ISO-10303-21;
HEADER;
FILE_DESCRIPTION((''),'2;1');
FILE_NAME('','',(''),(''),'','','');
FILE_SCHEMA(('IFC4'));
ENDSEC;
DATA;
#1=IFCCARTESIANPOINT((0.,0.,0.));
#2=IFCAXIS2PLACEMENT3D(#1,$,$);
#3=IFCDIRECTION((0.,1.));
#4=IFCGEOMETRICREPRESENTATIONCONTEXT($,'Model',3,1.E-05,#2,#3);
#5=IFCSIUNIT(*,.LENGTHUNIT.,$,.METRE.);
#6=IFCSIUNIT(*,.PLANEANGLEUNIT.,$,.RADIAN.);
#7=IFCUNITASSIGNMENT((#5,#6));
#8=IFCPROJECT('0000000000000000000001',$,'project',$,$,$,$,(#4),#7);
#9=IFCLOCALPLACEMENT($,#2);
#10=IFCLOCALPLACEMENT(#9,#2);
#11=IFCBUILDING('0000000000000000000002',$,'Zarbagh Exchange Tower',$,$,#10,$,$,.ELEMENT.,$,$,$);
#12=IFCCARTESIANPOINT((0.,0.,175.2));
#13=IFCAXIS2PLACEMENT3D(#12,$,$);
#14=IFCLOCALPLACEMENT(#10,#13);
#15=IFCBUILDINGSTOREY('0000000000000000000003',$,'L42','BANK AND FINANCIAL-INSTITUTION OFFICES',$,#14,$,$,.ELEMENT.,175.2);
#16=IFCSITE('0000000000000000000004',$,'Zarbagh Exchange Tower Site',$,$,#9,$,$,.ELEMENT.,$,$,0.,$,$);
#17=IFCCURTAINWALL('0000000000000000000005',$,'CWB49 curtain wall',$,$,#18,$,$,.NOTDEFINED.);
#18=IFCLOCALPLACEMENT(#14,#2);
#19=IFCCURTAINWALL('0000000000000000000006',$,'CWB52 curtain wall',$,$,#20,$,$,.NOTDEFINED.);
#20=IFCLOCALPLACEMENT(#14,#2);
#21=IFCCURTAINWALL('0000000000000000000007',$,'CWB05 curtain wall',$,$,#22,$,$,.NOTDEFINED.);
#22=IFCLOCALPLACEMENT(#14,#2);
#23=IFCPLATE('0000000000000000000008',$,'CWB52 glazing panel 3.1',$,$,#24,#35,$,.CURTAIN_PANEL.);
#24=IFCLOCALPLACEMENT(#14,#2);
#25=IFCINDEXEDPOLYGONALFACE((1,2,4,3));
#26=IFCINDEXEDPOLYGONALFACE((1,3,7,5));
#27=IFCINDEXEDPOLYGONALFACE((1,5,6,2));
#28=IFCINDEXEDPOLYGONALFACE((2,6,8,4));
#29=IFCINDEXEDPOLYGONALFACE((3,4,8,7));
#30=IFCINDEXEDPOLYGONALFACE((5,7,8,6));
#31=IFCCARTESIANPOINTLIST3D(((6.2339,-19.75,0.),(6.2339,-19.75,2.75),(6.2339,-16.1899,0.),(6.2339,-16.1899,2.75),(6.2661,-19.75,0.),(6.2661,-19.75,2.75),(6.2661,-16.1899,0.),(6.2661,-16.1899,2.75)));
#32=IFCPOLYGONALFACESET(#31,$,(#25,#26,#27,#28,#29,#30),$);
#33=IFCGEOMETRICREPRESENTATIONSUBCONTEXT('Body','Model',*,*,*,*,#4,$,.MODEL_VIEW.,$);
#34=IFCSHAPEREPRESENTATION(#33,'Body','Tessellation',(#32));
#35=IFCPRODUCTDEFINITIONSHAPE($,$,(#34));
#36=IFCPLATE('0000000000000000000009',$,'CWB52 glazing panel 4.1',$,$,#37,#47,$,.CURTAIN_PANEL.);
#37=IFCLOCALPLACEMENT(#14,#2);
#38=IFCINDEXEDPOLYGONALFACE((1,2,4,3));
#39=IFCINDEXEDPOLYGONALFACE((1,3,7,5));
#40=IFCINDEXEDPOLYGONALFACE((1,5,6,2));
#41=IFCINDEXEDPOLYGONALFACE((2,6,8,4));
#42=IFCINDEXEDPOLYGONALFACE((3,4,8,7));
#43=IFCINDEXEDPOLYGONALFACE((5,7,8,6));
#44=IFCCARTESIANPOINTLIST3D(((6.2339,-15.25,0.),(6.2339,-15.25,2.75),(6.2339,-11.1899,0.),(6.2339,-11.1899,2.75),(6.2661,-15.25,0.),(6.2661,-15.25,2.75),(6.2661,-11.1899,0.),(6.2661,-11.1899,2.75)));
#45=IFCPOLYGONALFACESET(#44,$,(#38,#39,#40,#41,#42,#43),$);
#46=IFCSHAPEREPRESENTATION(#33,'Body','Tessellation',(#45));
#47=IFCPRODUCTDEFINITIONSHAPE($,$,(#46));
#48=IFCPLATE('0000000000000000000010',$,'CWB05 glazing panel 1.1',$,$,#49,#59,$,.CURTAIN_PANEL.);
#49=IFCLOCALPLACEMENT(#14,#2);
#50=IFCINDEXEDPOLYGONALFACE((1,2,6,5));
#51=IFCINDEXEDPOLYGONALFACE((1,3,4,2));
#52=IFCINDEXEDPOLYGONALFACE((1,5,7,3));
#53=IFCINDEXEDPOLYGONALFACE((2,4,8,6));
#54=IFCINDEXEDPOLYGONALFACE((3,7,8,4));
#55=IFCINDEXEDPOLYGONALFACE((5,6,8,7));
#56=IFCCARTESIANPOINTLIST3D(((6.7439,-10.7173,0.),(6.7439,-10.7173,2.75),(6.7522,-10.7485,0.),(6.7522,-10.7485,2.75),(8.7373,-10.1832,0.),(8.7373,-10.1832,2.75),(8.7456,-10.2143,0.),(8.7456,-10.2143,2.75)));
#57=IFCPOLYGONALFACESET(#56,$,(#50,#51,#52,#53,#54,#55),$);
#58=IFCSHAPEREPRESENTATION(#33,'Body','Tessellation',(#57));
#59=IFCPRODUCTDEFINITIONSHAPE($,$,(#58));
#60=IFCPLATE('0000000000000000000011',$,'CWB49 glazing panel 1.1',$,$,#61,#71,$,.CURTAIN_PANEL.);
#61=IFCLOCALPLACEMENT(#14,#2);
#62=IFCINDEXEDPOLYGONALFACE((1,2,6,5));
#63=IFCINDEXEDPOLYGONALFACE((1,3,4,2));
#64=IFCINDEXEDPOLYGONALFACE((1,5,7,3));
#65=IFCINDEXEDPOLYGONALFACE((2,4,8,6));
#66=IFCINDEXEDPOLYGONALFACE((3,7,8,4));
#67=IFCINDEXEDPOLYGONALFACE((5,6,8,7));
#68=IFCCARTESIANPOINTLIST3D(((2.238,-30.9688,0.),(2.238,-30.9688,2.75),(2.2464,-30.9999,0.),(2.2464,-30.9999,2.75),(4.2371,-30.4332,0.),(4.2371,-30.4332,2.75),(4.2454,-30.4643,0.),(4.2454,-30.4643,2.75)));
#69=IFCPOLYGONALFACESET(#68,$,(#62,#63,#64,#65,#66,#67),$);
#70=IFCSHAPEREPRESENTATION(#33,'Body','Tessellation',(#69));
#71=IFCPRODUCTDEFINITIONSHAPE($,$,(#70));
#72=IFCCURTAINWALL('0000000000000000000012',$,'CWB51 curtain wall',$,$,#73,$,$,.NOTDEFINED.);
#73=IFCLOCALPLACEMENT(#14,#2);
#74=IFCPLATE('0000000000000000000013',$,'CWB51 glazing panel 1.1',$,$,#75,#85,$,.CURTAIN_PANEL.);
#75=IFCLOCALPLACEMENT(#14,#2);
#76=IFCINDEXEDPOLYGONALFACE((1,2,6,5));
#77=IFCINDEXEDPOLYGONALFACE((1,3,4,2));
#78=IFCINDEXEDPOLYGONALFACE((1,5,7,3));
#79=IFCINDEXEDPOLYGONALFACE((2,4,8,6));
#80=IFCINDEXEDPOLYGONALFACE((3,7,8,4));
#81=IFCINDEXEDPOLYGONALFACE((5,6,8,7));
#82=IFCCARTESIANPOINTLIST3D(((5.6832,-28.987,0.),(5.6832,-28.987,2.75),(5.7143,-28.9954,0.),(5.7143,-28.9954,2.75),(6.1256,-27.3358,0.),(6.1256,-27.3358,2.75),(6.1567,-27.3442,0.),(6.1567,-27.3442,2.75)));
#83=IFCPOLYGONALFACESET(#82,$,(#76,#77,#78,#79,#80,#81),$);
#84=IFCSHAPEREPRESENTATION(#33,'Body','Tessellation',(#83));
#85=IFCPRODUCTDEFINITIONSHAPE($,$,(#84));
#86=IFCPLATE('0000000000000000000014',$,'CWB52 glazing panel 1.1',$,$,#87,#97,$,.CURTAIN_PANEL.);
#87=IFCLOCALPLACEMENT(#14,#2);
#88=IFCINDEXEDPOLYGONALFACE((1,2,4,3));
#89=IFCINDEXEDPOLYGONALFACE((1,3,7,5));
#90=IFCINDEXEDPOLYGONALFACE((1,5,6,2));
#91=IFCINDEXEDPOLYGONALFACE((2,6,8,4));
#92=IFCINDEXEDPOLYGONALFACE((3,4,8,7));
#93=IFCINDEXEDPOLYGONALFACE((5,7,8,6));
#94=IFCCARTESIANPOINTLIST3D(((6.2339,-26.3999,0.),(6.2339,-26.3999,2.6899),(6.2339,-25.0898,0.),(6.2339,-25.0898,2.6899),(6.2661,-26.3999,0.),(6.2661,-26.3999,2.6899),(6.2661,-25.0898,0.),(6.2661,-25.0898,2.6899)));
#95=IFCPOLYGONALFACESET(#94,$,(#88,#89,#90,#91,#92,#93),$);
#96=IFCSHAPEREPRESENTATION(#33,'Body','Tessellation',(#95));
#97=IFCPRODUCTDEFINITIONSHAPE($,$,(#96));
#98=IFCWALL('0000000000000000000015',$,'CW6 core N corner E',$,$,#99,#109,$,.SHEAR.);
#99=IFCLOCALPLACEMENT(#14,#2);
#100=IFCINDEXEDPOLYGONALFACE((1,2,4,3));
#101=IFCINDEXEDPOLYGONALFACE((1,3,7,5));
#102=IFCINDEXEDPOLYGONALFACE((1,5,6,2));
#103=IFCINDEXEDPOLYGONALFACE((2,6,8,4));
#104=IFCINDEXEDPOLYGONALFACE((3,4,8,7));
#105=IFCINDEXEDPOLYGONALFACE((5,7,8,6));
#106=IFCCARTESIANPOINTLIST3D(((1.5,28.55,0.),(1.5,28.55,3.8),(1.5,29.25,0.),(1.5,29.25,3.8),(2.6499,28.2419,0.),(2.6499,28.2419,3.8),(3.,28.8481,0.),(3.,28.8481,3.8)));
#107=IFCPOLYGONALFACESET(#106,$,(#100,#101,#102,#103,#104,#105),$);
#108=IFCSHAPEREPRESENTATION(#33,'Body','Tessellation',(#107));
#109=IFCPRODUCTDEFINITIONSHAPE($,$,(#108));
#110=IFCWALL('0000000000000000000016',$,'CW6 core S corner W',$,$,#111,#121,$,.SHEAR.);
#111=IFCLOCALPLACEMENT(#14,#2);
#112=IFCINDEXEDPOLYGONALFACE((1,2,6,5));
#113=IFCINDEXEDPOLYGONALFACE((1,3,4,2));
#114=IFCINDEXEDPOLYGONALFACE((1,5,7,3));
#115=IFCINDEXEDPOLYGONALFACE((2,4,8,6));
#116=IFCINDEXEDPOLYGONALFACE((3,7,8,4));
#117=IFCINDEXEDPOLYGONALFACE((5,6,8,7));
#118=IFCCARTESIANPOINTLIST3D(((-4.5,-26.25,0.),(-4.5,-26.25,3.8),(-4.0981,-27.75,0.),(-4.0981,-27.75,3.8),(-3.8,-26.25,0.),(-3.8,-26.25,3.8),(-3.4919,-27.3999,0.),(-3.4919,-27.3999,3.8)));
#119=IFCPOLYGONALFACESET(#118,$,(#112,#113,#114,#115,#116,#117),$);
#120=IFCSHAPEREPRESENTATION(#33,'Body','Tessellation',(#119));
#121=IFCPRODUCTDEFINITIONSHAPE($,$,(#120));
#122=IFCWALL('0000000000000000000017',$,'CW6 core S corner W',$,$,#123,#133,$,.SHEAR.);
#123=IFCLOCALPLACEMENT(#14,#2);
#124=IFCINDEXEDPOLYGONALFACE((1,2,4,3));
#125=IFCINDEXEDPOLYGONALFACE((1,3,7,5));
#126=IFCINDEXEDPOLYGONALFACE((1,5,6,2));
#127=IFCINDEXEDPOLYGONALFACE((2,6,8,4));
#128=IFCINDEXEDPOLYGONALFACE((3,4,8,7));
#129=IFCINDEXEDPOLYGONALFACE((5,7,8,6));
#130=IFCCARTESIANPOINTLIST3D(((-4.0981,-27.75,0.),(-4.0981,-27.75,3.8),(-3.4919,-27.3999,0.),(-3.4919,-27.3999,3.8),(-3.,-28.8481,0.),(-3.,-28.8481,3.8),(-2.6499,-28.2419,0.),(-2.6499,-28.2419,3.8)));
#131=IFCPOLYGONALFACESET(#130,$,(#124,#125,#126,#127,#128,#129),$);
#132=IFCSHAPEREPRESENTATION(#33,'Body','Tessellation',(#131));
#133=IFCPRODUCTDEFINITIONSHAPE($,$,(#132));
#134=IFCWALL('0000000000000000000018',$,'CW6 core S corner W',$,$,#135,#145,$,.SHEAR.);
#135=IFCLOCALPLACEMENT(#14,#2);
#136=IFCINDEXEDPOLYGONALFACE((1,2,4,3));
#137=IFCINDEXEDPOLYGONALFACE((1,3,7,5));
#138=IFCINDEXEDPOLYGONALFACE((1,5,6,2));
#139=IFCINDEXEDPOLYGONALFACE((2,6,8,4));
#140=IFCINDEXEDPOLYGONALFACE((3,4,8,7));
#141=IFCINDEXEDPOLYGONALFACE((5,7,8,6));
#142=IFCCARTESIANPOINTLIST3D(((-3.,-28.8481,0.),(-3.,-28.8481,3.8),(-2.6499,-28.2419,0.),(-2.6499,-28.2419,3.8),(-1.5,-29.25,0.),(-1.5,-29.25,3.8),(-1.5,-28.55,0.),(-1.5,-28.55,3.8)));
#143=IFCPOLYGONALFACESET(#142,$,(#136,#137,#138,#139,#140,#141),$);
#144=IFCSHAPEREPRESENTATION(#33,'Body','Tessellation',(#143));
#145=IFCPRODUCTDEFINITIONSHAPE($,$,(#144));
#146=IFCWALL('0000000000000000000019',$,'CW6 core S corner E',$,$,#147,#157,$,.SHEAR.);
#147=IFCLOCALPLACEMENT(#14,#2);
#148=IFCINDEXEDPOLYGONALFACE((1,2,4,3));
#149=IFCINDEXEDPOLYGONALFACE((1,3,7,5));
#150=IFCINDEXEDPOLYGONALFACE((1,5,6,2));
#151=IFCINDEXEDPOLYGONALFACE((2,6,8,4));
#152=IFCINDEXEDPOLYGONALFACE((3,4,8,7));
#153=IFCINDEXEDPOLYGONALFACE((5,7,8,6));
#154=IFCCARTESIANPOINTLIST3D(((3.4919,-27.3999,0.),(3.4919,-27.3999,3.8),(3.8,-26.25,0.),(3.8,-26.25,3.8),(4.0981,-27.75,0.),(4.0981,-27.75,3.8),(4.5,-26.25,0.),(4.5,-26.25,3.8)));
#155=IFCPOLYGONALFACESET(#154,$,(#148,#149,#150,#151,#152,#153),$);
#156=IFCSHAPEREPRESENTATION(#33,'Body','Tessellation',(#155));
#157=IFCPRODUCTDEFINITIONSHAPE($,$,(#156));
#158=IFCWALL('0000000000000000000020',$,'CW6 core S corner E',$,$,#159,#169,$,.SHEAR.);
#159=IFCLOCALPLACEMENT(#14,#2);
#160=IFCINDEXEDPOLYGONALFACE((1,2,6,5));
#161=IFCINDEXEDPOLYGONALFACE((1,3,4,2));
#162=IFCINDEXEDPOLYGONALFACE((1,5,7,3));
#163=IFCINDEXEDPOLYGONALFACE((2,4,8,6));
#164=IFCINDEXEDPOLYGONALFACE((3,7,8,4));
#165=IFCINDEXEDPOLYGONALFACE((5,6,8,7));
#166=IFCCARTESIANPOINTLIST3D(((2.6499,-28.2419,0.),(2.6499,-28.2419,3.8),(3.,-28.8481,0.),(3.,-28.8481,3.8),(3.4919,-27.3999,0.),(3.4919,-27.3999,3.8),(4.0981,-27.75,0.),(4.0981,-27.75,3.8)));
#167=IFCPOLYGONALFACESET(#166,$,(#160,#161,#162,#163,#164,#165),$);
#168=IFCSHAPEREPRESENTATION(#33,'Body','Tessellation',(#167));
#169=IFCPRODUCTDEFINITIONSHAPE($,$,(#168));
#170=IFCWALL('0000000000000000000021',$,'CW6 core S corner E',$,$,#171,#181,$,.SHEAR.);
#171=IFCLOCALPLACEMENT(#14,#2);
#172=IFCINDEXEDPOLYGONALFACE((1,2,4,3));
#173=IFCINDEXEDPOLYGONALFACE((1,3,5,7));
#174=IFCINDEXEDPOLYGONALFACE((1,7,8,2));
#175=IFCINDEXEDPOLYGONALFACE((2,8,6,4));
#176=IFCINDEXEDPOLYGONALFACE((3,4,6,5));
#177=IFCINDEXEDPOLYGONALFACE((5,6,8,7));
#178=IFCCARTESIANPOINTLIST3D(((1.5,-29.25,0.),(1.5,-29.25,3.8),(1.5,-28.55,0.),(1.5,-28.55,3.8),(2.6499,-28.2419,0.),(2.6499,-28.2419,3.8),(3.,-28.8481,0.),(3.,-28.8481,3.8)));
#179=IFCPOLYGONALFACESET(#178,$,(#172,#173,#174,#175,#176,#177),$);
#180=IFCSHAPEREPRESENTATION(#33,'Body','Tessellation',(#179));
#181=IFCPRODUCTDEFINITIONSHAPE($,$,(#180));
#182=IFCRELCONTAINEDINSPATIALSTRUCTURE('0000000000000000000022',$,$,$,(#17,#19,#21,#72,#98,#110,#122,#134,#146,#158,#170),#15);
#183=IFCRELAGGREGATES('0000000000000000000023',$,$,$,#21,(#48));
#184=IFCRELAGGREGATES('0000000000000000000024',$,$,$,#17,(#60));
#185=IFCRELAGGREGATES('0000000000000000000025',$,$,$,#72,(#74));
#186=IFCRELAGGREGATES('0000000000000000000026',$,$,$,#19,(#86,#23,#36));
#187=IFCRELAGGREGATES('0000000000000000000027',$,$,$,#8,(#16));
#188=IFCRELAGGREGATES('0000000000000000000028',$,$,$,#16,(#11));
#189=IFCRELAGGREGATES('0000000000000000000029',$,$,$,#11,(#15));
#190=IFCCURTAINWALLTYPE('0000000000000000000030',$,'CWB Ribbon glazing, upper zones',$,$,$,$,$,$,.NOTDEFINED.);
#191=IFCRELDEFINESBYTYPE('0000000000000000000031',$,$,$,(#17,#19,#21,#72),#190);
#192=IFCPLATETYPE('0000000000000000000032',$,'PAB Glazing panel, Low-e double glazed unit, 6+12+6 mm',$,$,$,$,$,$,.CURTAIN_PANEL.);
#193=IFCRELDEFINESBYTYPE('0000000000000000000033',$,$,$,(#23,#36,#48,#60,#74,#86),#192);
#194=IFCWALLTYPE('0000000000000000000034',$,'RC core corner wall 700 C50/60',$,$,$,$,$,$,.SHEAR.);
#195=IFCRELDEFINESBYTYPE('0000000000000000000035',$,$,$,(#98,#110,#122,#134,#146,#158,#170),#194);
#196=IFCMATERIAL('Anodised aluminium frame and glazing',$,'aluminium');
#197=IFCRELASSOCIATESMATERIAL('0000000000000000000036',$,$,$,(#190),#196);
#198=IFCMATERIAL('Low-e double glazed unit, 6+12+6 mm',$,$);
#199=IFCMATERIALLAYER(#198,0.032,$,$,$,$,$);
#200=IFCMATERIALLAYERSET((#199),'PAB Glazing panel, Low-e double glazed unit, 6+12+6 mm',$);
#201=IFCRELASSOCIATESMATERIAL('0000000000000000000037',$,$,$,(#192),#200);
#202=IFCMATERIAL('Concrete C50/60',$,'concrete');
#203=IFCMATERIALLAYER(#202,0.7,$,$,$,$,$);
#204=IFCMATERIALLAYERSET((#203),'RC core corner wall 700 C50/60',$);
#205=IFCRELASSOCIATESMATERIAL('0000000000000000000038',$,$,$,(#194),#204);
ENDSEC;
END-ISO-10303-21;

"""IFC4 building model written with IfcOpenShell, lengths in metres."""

from ifc_helpers import new_model, si_unit, direction, frame, origin, place, context, subcontext, project, spatial, polyline, outline, extrude, source, transform, mapped, material, layer, layer_set, type_object, element, aggregate, save


model = new_model("IFC4")

# Units and contexts
model_context = context("Model", 3, precision=1e-05, world=origin(), true_north=direction((0.0, 1.0)))
body_context = subcontext(model_context, "Body", "Model", "MODEL_VIEW")
ifc_project = project(units=[si_unit("LENGTHUNIT", "METRE"), si_unit("PLANEANGLEUNIT", "RADIAN")], contexts=[model_context])

# Site, building, storey
site_placement = place(None, origin())
site = spatial("IfcSite", under=ifc_project, at=site_placement, Name="Zarbagh Exchange Tower Site", CompositionType="ELEMENT", RefElevation=0.0)
building_placement = place(site_placement, origin())
building = spatial("IfcBuilding", under=site, at=building_placement, Name="Zarbagh Exchange Tower", CompositionType="ELEMENT")
storey_placement = place(building_placement, frame((0.0, 0.0, 175.2)))
storey = spatial("IfcBuildingStorey", under=building, at=storey_placement, Name="L42", Description="BANK AND FINANCIAL-INSTITUTION OFFICES", CompositionType="ELEMENT", Elevation=175.2)

# Curtain wall
ifc_material_1 = material(Name="Anodised aluminium frame and glazing", Category="aluminium")
curtain_wall_type = type_object("IfcCurtainWallType", Name="CWB Ribbon glazing, upper zones", PredefinedType="NOTDEFINED", material=ifc_material_1)
curtain_wall_1_placement = place(storey_placement, origin())
curtain_wall_1 = element("IfcCurtainWall", 1, at=curtain_wall_1_placement, inside=storey, type_object=curtain_wall_type, Name="CWB49 curtain wall", PredefinedType="NOTDEFINED")
placement = place(storey_placement, origin())

# Curtain wall
curtain_wall_2_placement = place(storey_placement, origin())
curtain_wall_2 = element("IfcCurtainWall", 2, at=curtain_wall_2_placement, inside=storey, type_object=curtain_wall_type, Name="CWB52 curtain wall", PredefinedType="NOTDEFINED")

# Curtain wall
curtain_wall_3_placement = place(storey_placement, origin())
curtain_wall_3 = element("IfcCurtainWall", 3, at=curtain_wall_3_placement, inside=storey, type_object=curtain_wall_type, Name="CWB05 curtain wall", PredefinedType="NOTDEFINED")

# Shared definitions
ifc_material_2 = material(Name="Low-e double glazed unit, 6+12+6 mm")
ifc_layer_1 = layer(ifc_material_2, 0.032)
ifc_layer_set_1 = layer_set([ifc_layer_1], Name="PAB Glazing panel, Low-e double glazed unit, 6+12+6 mm")
plate_type = type_object("IfcPlateType", Name="PAB Glazing panel, Low-e double glazed unit, 6+12+6 mm", PredefinedType="CURTAIN_PANEL", material=ifc_layer_set_1)

# Plates
shared_shape_1 = source(origin(), body_context, "Body", "SweptSolid", [
    extrude(outline(polyline([(0.0, -0.0161), (3.5601, -0.0161), (3.5601, 0.0161), (0.0, 0.0161), (0.0, -0.0161)])), origin(), (0.0, 0.0, 1.0), 2.75),
])
plate_1 = element("IfcPlate", 4, at=placement, type_object=plate_type, Name="CWB52 glazing panel 3.1", PredefinedType="CURTAIN_PANEL", context=body_context, shape_type="MappedRepresentation", body=[
    mapped(shared_shape_1, transform((6.25, -19.75, 0.0), x_axis=(0.0, 1.0, 0.0), y_axis=(-1.0, 0.0, 0.0), z_axis=(0.0, 0.0, 1.0))),
])
shared_shape_2 = source(origin(), body_context, "Body", "SweptSolid", [
    extrude(outline(polyline([(0.0, -0.0161), (4.0601, -0.0161), (4.0601, 0.0161), (0.0, 0.0161), (0.0, -0.0161)])), origin(), (0.0, 0.0, 1.0), 2.75),
])
plate_2 = element("IfcPlate", 5, at=placement, type_object=plate_type, Name="CWB52 glazing panel 4.1", PredefinedType="CURTAIN_PANEL", context=body_context, shape_type="MappedRepresentation", body=[
    mapped(shared_shape_2, transform((6.25, -15.25, 0.0), x_axis=(0.0, 1.0, 0.0), y_axis=(-1.0, 0.0, 0.0), z_axis=(0.0, 0.0, 1.0))),
])
shared_shape_3 = source(origin(), body_context, "Body", "SweptSolid", [
    extrude(outline(polyline([(0.0, -0.0161), (2.0637, -0.0161), (2.0637, 0.0161), (0.0, 0.0161), (0.0, -0.0161)])), origin(), (0.0, 0.0, 1.0), 2.75),
])
plate_3 = element("IfcPlate", 6, at=placement, type_object=plate_type, Name="CWB05 glazing panel 1.1", PredefinedType="CURTAIN_PANEL", context=body_context, shape_type="MappedRepresentation", body=[
    mapped(shared_shape_3, transform((6.748, -10.7329, 0.0), x_axis=(0.965924, 0.258825, 0.0), y_axis=(-0.258825, 0.965924, 0.0), z_axis=(0.0, 0.0, 1.0))),
])
aggregate(curtain_wall_3, [plate_3])
shared_shape_4 = source(origin(), body_context, "Body", "SweptSolid", [
    extrude(outline(polyline([(0.0, -0.0161), (2.0696, -0.0161), (2.0696, 0.0161), (0.0, 0.0161), (0.0, -0.0161)])), origin(), (0.0, 0.0, 1.0), 2.75),
])
plate_4 = element("IfcPlate", 7, at=placement, type_object=plate_type, Name="CWB49 glazing panel 1.1", PredefinedType="CURTAIN_PANEL", context=body_context, shape_type="MappedRepresentation", body=[
    mapped(shared_shape_4, transform((2.2422, -30.9844, 0.0), x_axis=(0.965924, 0.258825, 0.0), y_axis=(-0.258825, 0.965924, 0.0), z_axis=(0.0, 0.0, 1.0))),
])
aggregate(curtain_wall_1, [plate_4])

# Curtain wall, plate
curtain_wall_4_placement = place(storey_placement, origin())
curtain_wall_4 = element("IfcCurtainWall", 8, at=curtain_wall_4_placement, inside=storey, type_object=curtain_wall_type, Name="CWB51 curtain wall", PredefinedType="NOTDEFINED")
shared_shape_5 = source(origin(), body_context, "Body", "SweptSolid", [
    extrude(outline(polyline([(0.0, -0.0161), (1.7095, -0.0161), (1.7095, 0.0161), (0.0, 0.0161), (0.0, -0.0161)])), origin(), (0.0, 0.0, 1.0), 2.75),
])
plate_5 = element("IfcPlate", 9, at=placement, type_object=plate_type, Name="CWB51 glazing panel 1.1", PredefinedType="CURTAIN_PANEL", context=body_context, shape_type="MappedRepresentation", body=[
    mapped(shared_shape_5, transform((5.6987, -28.9912, 0.0), x_axis=(0.258825, 0.965924, 0.0), y_axis=(-0.965924, 0.258825, 0.0), z_axis=(0.0, 0.0, 1.0))),
])
aggregate(curtain_wall_4, [plate_5])

# Plate
shared_shape_6 = source(origin(), body_context, "Body", "SweptSolid", [
    extrude(outline(polyline([(0.0, -0.0161), (1.3101, -0.0161), (1.3101, 0.0161), (0.0, 0.0161), (0.0, -0.0161)])), origin(), (0.0, 0.0, 1.0), 2.6899),
])
plate_6 = element("IfcPlate", 10, at=placement, type_object=plate_type, Name="CWB52 glazing panel 1.1", PredefinedType="CURTAIN_PANEL", context=body_context, shape_type="MappedRepresentation", body=[
    mapped(shared_shape_6, transform((6.25, -26.3999, 0.0), x_axis=(0.0, 1.0, 0.0), y_axis=(-1.0, 0.0, 0.0), z_axis=(0.0, 0.0, 1.0))),
])
aggregate(curtain_wall_2, [plate_6, plate_1, plate_2])

# Walls
ifc_material_3 = material(Name="Concrete C50/60", Category="concrete")
ifc_layer_2 = layer(ifc_material_3, 0.7)
ifc_layer_set_2 = layer_set([ifc_layer_2], Name="RC core corner wall 700 C50/60")
wall_type = type_object("IfcWallType", Name="RC core corner wall 700 C50/60", PredefinedType="SHEAR", material=ifc_layer_set_2)
wall_1_placement = place(storey_placement, origin())
element("IfcWall", 11, at=wall_1_placement, inside=storey, type_object=wall_type, Name="CW6 core N corner E", PredefinedType="SHEAR", context=body_context, shape_type="SweptSolid", body=[
    extrude(outline(polyline([(3.0, 28.8481), (1.5, 29.25), (1.5, 28.55), (2.6499, 28.2419), (3.0, 28.8481)])), origin(), (0.0, 0.0, 1.0), 3.8),
])
wall_2_placement = place(storey_placement, origin())
element("IfcWall", 12, at=wall_2_placement, inside=storey, type_object=wall_type, Name="CW6 core S corner W", PredefinedType="SHEAR", context=body_context, shape_type="SweptSolid", body=[
    extrude(outline(polyline([(-4.5, -26.25), (-4.0981, -27.75), (-3.4919, -27.3999), (-3.8, -26.25), (-4.5, -26.25)])), origin(), (0.0, 0.0, 1.0), 3.8),
])
wall_3_placement = place(storey_placement, origin())
element("IfcWall", 13, at=wall_3_placement, inside=storey, type_object=wall_type, Name="CW6 core S corner W", PredefinedType="SHEAR", context=body_context, shape_type="SweptSolid", body=[
    extrude(outline(polyline([(-4.0981, -27.75), (-3.0, -28.8481), (-2.6499, -28.2419), (-3.4919, -27.3999), (-4.0981, -27.75)])), origin(), (0.0, 0.0, 1.0), 3.8),
])
wall_4_placement = place(storey_placement, origin())
element("IfcWall", 14, at=wall_4_placement, inside=storey, type_object=wall_type, Name="CW6 core S corner W", PredefinedType="SHEAR", context=body_context, shape_type="SweptSolid", body=[
    extrude(outline(polyline([(-3.0, -28.8481), (-1.5, -29.25), (-1.5, -28.55), (-2.6499, -28.2419), (-3.0, -28.8481)])), origin(), (0.0, 0.0, 1.0), 3.8),
])
wall_5_placement = place(storey_placement, origin())
element("IfcWall", 15, at=wall_5_placement, inside=storey, type_object=wall_type, Name="CW6 core S corner E", PredefinedType="SHEAR", context=body_context, shape_type="SweptSolid", body=[
    extrude(outline(polyline([(4.5, -26.25), (4.0981, -27.75), (3.4919, -27.3999), (3.8, -26.25), (4.5, -26.25)])), origin(), (0.0, 0.0, 1.0), 3.8),
])
wall_6_placement = place(storey_placement, origin())
element("IfcWall", 16, at=wall_6_placement, inside=storey, type_object=wall_type, Name="CW6 core S corner E", PredefinedType="SHEAR", context=body_context, shape_type="SweptSolid", body=[
    extrude(outline(polyline([(4.0981, -27.75), (3.0, -28.8481), (2.6499, -28.2419), (3.4919, -27.3999), (4.0981, -27.75)])), origin(), (0.0, 0.0, 1.0), 3.8),
])
wall_7_placement = place(storey_placement, origin())
element("IfcWall", 17, at=wall_7_placement, inside=storey, type_object=wall_type, Name="CW6 core S corner E", PredefinedType="SHEAR", context=body_context, shape_type="SweptSolid", body=[
    extrude(outline(polyline([(3.0, -28.8481), (1.5, -29.25), (1.5, -28.55), (2.6499, -28.2419), (3.0, -28.8481)])), origin(), (0.0, 0.0, 1.0), 3.8),
])

save(model, "model.ifc")
